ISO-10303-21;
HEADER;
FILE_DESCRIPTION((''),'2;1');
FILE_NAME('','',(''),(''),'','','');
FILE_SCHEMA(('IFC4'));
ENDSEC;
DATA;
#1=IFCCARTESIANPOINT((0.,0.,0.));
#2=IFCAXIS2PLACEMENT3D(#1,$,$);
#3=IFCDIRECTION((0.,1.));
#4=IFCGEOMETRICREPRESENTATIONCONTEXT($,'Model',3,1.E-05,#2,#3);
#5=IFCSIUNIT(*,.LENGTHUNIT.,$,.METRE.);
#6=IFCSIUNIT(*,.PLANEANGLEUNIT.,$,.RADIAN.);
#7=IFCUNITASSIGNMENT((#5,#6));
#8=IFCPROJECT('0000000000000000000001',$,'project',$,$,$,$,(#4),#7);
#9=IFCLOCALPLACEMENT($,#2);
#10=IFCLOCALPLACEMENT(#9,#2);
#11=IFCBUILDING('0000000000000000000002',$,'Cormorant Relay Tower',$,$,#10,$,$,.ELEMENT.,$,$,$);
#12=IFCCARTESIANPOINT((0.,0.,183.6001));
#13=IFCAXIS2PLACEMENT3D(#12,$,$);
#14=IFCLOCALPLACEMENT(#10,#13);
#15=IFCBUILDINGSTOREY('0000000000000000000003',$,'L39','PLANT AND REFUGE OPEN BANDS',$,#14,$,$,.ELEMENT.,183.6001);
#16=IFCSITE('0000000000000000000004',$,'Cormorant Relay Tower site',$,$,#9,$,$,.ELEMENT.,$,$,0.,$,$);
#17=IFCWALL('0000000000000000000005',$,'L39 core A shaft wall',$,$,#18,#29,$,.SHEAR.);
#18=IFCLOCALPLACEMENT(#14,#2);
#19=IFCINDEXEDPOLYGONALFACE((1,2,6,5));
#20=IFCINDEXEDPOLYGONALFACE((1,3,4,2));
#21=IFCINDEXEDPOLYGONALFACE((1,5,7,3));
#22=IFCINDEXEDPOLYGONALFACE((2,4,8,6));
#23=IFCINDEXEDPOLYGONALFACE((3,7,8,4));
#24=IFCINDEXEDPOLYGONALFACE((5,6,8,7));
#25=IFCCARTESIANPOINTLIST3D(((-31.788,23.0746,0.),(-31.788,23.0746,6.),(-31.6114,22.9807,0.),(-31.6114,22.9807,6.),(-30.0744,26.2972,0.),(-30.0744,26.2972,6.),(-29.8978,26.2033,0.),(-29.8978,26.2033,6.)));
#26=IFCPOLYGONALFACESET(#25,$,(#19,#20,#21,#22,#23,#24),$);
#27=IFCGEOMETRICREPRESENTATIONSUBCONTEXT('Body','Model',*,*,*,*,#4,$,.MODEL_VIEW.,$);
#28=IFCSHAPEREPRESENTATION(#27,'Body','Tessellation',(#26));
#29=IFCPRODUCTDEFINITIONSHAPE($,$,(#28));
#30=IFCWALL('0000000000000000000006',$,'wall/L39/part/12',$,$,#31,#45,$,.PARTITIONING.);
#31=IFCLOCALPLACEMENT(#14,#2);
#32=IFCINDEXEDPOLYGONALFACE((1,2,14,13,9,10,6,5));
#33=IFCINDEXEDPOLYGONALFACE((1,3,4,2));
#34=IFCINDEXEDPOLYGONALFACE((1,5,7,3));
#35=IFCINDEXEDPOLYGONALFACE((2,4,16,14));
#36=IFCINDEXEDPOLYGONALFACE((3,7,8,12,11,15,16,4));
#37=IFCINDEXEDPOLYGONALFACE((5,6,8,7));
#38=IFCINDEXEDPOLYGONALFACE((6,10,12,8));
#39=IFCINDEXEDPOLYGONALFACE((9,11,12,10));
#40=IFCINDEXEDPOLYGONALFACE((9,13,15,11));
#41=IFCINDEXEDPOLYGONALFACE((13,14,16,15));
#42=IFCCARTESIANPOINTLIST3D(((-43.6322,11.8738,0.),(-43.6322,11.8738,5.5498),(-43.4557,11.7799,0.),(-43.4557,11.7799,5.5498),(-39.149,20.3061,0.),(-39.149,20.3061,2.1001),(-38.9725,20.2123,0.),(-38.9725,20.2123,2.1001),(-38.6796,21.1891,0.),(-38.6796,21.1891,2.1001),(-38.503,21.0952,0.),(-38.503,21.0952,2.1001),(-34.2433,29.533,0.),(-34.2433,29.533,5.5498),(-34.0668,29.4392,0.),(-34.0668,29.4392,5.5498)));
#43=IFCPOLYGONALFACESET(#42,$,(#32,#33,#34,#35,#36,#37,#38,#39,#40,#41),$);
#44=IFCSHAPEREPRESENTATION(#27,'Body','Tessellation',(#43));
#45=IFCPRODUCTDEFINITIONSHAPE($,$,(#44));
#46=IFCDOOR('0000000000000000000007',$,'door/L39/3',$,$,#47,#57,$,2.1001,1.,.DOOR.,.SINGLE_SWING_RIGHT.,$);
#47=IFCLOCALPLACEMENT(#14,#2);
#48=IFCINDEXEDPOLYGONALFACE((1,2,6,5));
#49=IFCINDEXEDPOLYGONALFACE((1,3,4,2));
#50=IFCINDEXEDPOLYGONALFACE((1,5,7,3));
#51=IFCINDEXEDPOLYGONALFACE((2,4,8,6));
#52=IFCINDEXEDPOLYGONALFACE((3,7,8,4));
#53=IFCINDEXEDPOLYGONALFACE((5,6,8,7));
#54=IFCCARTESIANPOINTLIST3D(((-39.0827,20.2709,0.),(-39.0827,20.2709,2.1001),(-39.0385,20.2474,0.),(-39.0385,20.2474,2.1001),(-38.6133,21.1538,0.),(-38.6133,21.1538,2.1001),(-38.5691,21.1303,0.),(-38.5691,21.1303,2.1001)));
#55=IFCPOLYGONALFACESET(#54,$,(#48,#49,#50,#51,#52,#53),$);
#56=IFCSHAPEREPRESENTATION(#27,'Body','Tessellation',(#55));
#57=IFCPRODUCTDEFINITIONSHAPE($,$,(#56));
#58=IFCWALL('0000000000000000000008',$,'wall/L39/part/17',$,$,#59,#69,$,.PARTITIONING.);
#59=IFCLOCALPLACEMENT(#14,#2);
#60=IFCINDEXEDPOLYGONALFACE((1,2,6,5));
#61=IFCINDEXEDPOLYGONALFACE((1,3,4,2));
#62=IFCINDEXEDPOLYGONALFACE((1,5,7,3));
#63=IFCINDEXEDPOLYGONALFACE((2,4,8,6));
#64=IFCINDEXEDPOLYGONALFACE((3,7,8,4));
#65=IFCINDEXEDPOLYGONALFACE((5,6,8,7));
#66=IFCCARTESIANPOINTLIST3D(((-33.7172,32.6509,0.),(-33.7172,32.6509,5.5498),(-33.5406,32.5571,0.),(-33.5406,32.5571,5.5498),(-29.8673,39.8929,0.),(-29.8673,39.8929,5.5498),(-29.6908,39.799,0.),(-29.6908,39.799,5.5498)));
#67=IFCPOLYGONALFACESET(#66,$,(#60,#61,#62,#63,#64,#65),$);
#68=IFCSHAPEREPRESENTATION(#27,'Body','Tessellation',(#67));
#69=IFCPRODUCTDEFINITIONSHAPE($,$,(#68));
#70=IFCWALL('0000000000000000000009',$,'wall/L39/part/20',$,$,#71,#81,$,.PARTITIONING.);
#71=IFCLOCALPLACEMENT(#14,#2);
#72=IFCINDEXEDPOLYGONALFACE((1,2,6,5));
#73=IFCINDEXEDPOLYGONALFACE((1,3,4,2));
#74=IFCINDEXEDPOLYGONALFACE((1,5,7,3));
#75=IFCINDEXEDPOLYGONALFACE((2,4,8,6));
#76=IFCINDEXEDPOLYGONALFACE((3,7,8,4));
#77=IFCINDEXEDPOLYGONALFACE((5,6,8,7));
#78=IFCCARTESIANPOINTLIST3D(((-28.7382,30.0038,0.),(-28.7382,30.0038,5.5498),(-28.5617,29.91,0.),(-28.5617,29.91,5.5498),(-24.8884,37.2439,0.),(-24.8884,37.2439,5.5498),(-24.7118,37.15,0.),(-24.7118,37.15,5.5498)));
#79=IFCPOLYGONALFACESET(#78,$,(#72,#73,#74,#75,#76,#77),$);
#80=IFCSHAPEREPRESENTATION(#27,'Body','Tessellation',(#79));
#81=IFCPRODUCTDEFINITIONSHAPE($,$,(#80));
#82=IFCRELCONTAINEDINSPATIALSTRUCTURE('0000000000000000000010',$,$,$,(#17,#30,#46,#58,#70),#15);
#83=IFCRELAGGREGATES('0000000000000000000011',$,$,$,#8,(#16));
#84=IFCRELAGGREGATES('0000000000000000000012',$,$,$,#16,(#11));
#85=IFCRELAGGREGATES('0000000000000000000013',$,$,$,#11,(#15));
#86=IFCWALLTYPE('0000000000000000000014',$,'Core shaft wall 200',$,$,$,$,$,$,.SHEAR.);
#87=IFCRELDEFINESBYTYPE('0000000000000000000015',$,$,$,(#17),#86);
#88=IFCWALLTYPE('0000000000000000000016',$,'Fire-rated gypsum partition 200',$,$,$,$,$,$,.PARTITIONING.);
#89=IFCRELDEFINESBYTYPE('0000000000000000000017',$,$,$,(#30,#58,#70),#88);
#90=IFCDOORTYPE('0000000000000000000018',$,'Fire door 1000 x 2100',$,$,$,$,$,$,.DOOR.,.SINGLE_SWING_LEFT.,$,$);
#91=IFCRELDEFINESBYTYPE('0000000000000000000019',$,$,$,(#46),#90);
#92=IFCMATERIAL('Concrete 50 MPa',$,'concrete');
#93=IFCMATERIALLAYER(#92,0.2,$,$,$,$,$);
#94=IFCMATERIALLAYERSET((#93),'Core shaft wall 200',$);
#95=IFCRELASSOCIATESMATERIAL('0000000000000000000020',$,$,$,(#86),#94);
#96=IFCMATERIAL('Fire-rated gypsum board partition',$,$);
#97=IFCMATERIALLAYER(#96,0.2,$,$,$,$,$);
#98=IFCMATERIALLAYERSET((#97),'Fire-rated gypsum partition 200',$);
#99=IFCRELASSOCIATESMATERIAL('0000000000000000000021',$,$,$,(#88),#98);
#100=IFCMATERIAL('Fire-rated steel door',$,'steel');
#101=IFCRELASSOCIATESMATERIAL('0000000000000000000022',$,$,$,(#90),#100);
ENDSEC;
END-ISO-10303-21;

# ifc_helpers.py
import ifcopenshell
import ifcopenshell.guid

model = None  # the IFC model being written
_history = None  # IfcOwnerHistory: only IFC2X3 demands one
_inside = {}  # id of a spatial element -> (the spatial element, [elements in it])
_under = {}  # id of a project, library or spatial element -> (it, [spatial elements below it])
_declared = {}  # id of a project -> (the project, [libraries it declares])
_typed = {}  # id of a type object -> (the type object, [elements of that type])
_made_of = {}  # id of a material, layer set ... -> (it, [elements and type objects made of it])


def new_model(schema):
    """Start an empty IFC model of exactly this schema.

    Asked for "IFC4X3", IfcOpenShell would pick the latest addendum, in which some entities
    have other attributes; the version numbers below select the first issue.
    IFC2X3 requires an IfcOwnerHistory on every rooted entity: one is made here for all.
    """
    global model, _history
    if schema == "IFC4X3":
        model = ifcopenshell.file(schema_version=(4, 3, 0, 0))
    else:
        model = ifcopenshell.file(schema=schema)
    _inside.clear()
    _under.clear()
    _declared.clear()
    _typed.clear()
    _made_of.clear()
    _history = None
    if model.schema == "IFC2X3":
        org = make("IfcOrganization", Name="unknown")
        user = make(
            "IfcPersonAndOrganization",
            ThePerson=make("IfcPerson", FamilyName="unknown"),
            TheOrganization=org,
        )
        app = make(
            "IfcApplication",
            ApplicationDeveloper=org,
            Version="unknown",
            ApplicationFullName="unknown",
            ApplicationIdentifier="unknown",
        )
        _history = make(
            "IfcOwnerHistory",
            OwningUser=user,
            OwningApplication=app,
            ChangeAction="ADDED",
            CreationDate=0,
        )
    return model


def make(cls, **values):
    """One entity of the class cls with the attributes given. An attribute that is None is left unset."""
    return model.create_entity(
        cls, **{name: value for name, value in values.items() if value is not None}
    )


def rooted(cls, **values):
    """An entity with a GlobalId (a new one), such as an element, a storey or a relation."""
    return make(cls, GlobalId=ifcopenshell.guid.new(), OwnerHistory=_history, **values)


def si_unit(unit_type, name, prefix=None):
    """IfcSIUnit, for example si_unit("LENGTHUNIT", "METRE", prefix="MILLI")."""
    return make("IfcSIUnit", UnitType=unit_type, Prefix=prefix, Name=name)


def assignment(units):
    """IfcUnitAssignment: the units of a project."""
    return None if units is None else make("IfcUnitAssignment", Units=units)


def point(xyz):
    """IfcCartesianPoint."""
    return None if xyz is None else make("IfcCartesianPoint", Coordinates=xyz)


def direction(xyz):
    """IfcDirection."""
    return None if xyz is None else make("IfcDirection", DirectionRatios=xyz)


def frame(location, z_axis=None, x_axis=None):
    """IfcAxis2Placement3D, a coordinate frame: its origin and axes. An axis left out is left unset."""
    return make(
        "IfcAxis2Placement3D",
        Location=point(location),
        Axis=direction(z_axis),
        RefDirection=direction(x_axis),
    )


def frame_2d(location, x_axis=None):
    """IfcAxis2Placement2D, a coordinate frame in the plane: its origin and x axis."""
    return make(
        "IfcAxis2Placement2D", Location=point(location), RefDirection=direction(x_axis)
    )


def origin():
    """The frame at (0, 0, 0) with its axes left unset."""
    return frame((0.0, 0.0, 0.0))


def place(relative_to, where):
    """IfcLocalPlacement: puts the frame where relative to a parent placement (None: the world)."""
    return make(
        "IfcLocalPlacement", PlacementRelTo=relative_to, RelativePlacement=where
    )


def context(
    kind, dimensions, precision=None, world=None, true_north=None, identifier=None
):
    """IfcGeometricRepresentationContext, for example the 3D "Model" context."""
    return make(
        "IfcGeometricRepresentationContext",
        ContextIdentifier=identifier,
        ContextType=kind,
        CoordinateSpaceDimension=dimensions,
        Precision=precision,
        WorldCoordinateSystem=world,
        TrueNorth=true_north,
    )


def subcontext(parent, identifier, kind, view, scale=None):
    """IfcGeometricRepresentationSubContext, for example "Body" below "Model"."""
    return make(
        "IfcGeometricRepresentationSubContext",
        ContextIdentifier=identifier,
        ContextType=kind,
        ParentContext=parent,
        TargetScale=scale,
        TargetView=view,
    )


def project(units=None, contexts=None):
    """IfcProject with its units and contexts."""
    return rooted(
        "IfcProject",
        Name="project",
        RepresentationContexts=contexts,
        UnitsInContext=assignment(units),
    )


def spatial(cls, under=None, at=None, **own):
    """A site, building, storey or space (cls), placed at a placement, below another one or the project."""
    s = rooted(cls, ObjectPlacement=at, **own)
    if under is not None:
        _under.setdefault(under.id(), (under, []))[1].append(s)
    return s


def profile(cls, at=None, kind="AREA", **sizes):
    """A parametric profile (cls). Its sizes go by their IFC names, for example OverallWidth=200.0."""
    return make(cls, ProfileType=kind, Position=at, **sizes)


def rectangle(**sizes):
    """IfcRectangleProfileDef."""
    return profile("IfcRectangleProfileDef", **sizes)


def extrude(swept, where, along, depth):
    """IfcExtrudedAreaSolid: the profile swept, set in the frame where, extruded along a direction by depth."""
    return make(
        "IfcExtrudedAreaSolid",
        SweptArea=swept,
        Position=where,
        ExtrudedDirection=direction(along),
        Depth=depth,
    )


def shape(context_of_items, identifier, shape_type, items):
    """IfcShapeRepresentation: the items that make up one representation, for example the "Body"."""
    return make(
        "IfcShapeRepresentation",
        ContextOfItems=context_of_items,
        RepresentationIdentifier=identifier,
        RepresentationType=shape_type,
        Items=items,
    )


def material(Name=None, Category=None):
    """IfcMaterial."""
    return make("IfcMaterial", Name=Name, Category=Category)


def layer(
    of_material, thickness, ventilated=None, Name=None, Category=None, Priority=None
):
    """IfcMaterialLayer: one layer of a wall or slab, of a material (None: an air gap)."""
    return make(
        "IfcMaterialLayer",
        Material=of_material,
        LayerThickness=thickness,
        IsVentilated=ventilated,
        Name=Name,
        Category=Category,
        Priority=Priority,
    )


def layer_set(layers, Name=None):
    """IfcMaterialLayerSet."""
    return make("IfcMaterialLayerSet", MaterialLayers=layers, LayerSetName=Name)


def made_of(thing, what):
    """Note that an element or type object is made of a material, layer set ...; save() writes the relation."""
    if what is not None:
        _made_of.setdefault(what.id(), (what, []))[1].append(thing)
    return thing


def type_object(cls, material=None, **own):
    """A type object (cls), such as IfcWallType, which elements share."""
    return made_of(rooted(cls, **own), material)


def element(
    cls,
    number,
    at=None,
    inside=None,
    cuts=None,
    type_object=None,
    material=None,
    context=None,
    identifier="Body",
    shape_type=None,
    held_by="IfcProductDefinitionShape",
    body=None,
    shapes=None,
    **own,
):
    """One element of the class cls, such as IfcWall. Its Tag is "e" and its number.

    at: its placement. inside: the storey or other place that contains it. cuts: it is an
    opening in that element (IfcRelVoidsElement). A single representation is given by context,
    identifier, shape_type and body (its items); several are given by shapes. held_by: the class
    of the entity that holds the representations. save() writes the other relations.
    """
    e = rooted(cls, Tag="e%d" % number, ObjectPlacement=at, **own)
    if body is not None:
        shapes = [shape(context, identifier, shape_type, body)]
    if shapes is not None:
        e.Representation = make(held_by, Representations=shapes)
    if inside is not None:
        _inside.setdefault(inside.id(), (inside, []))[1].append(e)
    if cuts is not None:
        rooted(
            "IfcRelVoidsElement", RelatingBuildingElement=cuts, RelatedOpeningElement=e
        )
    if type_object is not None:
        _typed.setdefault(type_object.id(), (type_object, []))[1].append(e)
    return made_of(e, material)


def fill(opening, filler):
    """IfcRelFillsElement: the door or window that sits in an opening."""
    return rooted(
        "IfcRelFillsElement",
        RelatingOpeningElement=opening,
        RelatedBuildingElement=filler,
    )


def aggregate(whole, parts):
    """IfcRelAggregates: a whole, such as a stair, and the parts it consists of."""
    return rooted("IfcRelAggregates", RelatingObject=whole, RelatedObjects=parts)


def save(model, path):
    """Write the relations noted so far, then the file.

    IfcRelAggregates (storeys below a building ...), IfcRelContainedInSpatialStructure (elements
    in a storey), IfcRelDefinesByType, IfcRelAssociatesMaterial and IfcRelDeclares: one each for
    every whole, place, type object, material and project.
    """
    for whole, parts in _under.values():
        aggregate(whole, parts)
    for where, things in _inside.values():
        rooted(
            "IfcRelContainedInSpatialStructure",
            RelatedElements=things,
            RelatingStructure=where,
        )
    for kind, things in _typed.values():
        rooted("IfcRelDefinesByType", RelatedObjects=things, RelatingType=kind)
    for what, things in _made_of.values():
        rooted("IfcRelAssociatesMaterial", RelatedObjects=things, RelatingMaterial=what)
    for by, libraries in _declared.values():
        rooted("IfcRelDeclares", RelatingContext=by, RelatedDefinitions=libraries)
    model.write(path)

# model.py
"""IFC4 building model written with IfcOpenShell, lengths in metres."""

from ifc_helpers import new_model, si_unit, direction, frame, frame_2d, origin, place, context, subcontext, project, spatial, rectangle, extrude, material, layer, layer_set, type_object, element, fill, save


model = new_model("IFC4")

# Units and contexts
model_context = context("Model", 3, precision=1e-05, world=origin(), true_north=direction((0.0, 1.0)))
body_context = subcontext(model_context, "Body", "Model", "MODEL_VIEW")
ifc_project = project(units=[si_unit("LENGTHUNIT", "METRE"), si_unit("PLANEANGLEUNIT", "RADIAN")], contexts=[model_context])

# Site, building, storey
site_placement = place(None, origin())
site = spatial("IfcSite", under=ifc_project, at=site_placement, Name="Cormorant Relay Tower site", CompositionType="ELEMENT", RefElevation=0.0)
building_placement = place(site_placement, origin())
building = spatial("IfcBuilding", under=site, at=building_placement, Name="Cormorant Relay Tower", CompositionType="ELEMENT")
storey_placement = place(building_placement, frame((0.0, 0.0, 183.6001)))
storey = spatial("IfcBuildingStorey", under=building, at=storey_placement, Name="L39", Description="PLANT AND REFUGE OPEN BANDS", CompositionType="ELEMENT", Elevation=183.6001)

# Wall
ifc_material_1 = material(Name="Concrete 50 MPa", Category="concrete")
ifc_layer_1 = layer(ifc_material_1, 0.2)
ifc_layer_set_1 = layer_set([ifc_layer_1], Name="Core shaft wall 200")
wall_type_1 = type_object("IfcWallType", Name="Core shaft wall 200", PredefinedType="SHEAR", material=ifc_layer_set_1)
wall_1_placement = place(storey_placement, frame((-29.9861, 26.2502, 0.0), z_axis=(0.0, 0.0, 1.0), x_axis=(-0.469494, -0.882936, 0.0)))
element("IfcWall", 1, at=wall_1_placement, inside=storey, type_object=wall_type_1, Name="L39 core A shaft wall", PredefinedType="SHEAR", context=body_context, shape_type="SweptSolid", body=[
    extrude(rectangle(XDim=3.6499, YDim=0.2, at=frame_2d((1.825, 0.0))), origin(), (0.0, 0.0, 1.0), 6.0),
])

# Wall, opening, door
ifc_material_2 = material(Name="Fire-rated gypsum board partition")
ifc_layer_2 = layer(ifc_material_2, 0.2)
ifc_layer_set_2 = layer_set([ifc_layer_2], Name="Fire-rated gypsum partition 200")
wall_type_2 = type_object("IfcWallType", Name="Fire-rated gypsum partition 200", PredefinedType="PARTITIONING", material=ifc_layer_set_2)
wall_2_placement = place(storey_placement, frame((-34.155, 29.4861, 0.0), z_axis=(0.0, 0.0, 1.0), x_axis=(-0.469447, -0.882961, 0.0)))
wall_2 = element("IfcWall", 2, at=wall_2_placement, inside=storey, type_object=wall_type_2, Name="wall/L39/part/12", PredefinedType="PARTITIONING", context=body_context, shape_type="SweptSolid", body=[
    extrude(rectangle(XDim=20.0, YDim=0.2, at=frame_2d((10.0, 0.0))), origin(), (0.0, 0.0, 1.0), 5.5498),
])
opening_1_placement = place(wall_2_placement, frame((9.45, 0.0, 0.0)))
opening_1 = element("IfcOpeningElement", 3, at=opening_1_placement, cuts=wall_2, PredefinedType="OPENING", context=body_context, shape_type="SweptSolid", body=[
    extrude(rectangle(XDim=1.0, YDim=2.1001, at=frame_2d((0.5, 1.05))), frame((0.0, 0.1099, 0.0), z_axis=(0.0, -1.0, 0.0), x_axis=(1.0, 0.0, 0.0)), (0.0, 0.0, 1.0), 0.22),
])
ifc_material_3 = material(Name="Fire-rated steel door", Category="steel")
door_type_1 = type_object("IfcDoorType", Name="Fire door 1000 x 2100", OperationType="SINGLE_SWING_LEFT", PredefinedType="DOOR", material=ifc_material_3)
door_1_placement = place(opening_1_placement, frame((1.0, 0.0, 0.0), z_axis=(0.0, 0.0, 1.0), x_axis=(-1.0, 0.0, 0.0)))
door_1 = element("IfcDoor", 4, at=door_1_placement, inside=storey, type_object=door_type_1, Name="door/L39/3", OperationType="SINGLE_SWING_RIGHT", OverallHeight=2.1001, OverallWidth=1.0, PredefinedType="DOOR", context=body_context, shape_type="SweptSolid", body=[
    extrude(rectangle(XDim=1.0, YDim=2.1001, at=frame_2d((0.5, 1.05))), frame((0.0, 0.0249, 0.0), z_axis=(0.0, -1.0, 0.0), x_axis=(1.0, 0.0, 0.0)), (0.0, 0.0, 1.0), 0.05),
])
fill(opening_1, door_1)

# Walls
wall_3_placement = place(storey_placement, frame((-29.7791, 39.8459, 0.0), z_axis=(0.0, 0.0, 1.0), x_axis=(-0.4694, -0.882986, 0.0)))
element("IfcWall", 5, at=wall_3_placement, inside=storey, type_object=wall_type_2, Name="wall/L39/part/17", PredefinedType="PARTITIONING", context=body_context, shape_type="SweptSolid", body=[
    extrude(rectangle(XDim=8.2017, YDim=0.2, at=frame_2d((4.1008, 0.0))), origin(), (0.0, 0.0, 1.0), 5.5498),
])
wall_4_placement = place(storey_placement, frame((-24.8, 37.197, 0.0), z_axis=(0.0, 0.0, 1.0), x_axis=(-0.469498, -0.882933, 0.0)))
element("IfcWall", 6, at=wall_4_placement, inside=storey, type_object=wall_type_2, Name="wall/L39/part/20", PredefinedType="PARTITIONING", context=body_context, shape_type="SweptSolid", body=[
    extrude(rectangle(XDim=8.2, YDim=0.2, at=frame_2d((4.1001, 0.0))), origin(), (0.0, 0.0, 1.0), 5.5498),
])

save(model, "model.ifc")
